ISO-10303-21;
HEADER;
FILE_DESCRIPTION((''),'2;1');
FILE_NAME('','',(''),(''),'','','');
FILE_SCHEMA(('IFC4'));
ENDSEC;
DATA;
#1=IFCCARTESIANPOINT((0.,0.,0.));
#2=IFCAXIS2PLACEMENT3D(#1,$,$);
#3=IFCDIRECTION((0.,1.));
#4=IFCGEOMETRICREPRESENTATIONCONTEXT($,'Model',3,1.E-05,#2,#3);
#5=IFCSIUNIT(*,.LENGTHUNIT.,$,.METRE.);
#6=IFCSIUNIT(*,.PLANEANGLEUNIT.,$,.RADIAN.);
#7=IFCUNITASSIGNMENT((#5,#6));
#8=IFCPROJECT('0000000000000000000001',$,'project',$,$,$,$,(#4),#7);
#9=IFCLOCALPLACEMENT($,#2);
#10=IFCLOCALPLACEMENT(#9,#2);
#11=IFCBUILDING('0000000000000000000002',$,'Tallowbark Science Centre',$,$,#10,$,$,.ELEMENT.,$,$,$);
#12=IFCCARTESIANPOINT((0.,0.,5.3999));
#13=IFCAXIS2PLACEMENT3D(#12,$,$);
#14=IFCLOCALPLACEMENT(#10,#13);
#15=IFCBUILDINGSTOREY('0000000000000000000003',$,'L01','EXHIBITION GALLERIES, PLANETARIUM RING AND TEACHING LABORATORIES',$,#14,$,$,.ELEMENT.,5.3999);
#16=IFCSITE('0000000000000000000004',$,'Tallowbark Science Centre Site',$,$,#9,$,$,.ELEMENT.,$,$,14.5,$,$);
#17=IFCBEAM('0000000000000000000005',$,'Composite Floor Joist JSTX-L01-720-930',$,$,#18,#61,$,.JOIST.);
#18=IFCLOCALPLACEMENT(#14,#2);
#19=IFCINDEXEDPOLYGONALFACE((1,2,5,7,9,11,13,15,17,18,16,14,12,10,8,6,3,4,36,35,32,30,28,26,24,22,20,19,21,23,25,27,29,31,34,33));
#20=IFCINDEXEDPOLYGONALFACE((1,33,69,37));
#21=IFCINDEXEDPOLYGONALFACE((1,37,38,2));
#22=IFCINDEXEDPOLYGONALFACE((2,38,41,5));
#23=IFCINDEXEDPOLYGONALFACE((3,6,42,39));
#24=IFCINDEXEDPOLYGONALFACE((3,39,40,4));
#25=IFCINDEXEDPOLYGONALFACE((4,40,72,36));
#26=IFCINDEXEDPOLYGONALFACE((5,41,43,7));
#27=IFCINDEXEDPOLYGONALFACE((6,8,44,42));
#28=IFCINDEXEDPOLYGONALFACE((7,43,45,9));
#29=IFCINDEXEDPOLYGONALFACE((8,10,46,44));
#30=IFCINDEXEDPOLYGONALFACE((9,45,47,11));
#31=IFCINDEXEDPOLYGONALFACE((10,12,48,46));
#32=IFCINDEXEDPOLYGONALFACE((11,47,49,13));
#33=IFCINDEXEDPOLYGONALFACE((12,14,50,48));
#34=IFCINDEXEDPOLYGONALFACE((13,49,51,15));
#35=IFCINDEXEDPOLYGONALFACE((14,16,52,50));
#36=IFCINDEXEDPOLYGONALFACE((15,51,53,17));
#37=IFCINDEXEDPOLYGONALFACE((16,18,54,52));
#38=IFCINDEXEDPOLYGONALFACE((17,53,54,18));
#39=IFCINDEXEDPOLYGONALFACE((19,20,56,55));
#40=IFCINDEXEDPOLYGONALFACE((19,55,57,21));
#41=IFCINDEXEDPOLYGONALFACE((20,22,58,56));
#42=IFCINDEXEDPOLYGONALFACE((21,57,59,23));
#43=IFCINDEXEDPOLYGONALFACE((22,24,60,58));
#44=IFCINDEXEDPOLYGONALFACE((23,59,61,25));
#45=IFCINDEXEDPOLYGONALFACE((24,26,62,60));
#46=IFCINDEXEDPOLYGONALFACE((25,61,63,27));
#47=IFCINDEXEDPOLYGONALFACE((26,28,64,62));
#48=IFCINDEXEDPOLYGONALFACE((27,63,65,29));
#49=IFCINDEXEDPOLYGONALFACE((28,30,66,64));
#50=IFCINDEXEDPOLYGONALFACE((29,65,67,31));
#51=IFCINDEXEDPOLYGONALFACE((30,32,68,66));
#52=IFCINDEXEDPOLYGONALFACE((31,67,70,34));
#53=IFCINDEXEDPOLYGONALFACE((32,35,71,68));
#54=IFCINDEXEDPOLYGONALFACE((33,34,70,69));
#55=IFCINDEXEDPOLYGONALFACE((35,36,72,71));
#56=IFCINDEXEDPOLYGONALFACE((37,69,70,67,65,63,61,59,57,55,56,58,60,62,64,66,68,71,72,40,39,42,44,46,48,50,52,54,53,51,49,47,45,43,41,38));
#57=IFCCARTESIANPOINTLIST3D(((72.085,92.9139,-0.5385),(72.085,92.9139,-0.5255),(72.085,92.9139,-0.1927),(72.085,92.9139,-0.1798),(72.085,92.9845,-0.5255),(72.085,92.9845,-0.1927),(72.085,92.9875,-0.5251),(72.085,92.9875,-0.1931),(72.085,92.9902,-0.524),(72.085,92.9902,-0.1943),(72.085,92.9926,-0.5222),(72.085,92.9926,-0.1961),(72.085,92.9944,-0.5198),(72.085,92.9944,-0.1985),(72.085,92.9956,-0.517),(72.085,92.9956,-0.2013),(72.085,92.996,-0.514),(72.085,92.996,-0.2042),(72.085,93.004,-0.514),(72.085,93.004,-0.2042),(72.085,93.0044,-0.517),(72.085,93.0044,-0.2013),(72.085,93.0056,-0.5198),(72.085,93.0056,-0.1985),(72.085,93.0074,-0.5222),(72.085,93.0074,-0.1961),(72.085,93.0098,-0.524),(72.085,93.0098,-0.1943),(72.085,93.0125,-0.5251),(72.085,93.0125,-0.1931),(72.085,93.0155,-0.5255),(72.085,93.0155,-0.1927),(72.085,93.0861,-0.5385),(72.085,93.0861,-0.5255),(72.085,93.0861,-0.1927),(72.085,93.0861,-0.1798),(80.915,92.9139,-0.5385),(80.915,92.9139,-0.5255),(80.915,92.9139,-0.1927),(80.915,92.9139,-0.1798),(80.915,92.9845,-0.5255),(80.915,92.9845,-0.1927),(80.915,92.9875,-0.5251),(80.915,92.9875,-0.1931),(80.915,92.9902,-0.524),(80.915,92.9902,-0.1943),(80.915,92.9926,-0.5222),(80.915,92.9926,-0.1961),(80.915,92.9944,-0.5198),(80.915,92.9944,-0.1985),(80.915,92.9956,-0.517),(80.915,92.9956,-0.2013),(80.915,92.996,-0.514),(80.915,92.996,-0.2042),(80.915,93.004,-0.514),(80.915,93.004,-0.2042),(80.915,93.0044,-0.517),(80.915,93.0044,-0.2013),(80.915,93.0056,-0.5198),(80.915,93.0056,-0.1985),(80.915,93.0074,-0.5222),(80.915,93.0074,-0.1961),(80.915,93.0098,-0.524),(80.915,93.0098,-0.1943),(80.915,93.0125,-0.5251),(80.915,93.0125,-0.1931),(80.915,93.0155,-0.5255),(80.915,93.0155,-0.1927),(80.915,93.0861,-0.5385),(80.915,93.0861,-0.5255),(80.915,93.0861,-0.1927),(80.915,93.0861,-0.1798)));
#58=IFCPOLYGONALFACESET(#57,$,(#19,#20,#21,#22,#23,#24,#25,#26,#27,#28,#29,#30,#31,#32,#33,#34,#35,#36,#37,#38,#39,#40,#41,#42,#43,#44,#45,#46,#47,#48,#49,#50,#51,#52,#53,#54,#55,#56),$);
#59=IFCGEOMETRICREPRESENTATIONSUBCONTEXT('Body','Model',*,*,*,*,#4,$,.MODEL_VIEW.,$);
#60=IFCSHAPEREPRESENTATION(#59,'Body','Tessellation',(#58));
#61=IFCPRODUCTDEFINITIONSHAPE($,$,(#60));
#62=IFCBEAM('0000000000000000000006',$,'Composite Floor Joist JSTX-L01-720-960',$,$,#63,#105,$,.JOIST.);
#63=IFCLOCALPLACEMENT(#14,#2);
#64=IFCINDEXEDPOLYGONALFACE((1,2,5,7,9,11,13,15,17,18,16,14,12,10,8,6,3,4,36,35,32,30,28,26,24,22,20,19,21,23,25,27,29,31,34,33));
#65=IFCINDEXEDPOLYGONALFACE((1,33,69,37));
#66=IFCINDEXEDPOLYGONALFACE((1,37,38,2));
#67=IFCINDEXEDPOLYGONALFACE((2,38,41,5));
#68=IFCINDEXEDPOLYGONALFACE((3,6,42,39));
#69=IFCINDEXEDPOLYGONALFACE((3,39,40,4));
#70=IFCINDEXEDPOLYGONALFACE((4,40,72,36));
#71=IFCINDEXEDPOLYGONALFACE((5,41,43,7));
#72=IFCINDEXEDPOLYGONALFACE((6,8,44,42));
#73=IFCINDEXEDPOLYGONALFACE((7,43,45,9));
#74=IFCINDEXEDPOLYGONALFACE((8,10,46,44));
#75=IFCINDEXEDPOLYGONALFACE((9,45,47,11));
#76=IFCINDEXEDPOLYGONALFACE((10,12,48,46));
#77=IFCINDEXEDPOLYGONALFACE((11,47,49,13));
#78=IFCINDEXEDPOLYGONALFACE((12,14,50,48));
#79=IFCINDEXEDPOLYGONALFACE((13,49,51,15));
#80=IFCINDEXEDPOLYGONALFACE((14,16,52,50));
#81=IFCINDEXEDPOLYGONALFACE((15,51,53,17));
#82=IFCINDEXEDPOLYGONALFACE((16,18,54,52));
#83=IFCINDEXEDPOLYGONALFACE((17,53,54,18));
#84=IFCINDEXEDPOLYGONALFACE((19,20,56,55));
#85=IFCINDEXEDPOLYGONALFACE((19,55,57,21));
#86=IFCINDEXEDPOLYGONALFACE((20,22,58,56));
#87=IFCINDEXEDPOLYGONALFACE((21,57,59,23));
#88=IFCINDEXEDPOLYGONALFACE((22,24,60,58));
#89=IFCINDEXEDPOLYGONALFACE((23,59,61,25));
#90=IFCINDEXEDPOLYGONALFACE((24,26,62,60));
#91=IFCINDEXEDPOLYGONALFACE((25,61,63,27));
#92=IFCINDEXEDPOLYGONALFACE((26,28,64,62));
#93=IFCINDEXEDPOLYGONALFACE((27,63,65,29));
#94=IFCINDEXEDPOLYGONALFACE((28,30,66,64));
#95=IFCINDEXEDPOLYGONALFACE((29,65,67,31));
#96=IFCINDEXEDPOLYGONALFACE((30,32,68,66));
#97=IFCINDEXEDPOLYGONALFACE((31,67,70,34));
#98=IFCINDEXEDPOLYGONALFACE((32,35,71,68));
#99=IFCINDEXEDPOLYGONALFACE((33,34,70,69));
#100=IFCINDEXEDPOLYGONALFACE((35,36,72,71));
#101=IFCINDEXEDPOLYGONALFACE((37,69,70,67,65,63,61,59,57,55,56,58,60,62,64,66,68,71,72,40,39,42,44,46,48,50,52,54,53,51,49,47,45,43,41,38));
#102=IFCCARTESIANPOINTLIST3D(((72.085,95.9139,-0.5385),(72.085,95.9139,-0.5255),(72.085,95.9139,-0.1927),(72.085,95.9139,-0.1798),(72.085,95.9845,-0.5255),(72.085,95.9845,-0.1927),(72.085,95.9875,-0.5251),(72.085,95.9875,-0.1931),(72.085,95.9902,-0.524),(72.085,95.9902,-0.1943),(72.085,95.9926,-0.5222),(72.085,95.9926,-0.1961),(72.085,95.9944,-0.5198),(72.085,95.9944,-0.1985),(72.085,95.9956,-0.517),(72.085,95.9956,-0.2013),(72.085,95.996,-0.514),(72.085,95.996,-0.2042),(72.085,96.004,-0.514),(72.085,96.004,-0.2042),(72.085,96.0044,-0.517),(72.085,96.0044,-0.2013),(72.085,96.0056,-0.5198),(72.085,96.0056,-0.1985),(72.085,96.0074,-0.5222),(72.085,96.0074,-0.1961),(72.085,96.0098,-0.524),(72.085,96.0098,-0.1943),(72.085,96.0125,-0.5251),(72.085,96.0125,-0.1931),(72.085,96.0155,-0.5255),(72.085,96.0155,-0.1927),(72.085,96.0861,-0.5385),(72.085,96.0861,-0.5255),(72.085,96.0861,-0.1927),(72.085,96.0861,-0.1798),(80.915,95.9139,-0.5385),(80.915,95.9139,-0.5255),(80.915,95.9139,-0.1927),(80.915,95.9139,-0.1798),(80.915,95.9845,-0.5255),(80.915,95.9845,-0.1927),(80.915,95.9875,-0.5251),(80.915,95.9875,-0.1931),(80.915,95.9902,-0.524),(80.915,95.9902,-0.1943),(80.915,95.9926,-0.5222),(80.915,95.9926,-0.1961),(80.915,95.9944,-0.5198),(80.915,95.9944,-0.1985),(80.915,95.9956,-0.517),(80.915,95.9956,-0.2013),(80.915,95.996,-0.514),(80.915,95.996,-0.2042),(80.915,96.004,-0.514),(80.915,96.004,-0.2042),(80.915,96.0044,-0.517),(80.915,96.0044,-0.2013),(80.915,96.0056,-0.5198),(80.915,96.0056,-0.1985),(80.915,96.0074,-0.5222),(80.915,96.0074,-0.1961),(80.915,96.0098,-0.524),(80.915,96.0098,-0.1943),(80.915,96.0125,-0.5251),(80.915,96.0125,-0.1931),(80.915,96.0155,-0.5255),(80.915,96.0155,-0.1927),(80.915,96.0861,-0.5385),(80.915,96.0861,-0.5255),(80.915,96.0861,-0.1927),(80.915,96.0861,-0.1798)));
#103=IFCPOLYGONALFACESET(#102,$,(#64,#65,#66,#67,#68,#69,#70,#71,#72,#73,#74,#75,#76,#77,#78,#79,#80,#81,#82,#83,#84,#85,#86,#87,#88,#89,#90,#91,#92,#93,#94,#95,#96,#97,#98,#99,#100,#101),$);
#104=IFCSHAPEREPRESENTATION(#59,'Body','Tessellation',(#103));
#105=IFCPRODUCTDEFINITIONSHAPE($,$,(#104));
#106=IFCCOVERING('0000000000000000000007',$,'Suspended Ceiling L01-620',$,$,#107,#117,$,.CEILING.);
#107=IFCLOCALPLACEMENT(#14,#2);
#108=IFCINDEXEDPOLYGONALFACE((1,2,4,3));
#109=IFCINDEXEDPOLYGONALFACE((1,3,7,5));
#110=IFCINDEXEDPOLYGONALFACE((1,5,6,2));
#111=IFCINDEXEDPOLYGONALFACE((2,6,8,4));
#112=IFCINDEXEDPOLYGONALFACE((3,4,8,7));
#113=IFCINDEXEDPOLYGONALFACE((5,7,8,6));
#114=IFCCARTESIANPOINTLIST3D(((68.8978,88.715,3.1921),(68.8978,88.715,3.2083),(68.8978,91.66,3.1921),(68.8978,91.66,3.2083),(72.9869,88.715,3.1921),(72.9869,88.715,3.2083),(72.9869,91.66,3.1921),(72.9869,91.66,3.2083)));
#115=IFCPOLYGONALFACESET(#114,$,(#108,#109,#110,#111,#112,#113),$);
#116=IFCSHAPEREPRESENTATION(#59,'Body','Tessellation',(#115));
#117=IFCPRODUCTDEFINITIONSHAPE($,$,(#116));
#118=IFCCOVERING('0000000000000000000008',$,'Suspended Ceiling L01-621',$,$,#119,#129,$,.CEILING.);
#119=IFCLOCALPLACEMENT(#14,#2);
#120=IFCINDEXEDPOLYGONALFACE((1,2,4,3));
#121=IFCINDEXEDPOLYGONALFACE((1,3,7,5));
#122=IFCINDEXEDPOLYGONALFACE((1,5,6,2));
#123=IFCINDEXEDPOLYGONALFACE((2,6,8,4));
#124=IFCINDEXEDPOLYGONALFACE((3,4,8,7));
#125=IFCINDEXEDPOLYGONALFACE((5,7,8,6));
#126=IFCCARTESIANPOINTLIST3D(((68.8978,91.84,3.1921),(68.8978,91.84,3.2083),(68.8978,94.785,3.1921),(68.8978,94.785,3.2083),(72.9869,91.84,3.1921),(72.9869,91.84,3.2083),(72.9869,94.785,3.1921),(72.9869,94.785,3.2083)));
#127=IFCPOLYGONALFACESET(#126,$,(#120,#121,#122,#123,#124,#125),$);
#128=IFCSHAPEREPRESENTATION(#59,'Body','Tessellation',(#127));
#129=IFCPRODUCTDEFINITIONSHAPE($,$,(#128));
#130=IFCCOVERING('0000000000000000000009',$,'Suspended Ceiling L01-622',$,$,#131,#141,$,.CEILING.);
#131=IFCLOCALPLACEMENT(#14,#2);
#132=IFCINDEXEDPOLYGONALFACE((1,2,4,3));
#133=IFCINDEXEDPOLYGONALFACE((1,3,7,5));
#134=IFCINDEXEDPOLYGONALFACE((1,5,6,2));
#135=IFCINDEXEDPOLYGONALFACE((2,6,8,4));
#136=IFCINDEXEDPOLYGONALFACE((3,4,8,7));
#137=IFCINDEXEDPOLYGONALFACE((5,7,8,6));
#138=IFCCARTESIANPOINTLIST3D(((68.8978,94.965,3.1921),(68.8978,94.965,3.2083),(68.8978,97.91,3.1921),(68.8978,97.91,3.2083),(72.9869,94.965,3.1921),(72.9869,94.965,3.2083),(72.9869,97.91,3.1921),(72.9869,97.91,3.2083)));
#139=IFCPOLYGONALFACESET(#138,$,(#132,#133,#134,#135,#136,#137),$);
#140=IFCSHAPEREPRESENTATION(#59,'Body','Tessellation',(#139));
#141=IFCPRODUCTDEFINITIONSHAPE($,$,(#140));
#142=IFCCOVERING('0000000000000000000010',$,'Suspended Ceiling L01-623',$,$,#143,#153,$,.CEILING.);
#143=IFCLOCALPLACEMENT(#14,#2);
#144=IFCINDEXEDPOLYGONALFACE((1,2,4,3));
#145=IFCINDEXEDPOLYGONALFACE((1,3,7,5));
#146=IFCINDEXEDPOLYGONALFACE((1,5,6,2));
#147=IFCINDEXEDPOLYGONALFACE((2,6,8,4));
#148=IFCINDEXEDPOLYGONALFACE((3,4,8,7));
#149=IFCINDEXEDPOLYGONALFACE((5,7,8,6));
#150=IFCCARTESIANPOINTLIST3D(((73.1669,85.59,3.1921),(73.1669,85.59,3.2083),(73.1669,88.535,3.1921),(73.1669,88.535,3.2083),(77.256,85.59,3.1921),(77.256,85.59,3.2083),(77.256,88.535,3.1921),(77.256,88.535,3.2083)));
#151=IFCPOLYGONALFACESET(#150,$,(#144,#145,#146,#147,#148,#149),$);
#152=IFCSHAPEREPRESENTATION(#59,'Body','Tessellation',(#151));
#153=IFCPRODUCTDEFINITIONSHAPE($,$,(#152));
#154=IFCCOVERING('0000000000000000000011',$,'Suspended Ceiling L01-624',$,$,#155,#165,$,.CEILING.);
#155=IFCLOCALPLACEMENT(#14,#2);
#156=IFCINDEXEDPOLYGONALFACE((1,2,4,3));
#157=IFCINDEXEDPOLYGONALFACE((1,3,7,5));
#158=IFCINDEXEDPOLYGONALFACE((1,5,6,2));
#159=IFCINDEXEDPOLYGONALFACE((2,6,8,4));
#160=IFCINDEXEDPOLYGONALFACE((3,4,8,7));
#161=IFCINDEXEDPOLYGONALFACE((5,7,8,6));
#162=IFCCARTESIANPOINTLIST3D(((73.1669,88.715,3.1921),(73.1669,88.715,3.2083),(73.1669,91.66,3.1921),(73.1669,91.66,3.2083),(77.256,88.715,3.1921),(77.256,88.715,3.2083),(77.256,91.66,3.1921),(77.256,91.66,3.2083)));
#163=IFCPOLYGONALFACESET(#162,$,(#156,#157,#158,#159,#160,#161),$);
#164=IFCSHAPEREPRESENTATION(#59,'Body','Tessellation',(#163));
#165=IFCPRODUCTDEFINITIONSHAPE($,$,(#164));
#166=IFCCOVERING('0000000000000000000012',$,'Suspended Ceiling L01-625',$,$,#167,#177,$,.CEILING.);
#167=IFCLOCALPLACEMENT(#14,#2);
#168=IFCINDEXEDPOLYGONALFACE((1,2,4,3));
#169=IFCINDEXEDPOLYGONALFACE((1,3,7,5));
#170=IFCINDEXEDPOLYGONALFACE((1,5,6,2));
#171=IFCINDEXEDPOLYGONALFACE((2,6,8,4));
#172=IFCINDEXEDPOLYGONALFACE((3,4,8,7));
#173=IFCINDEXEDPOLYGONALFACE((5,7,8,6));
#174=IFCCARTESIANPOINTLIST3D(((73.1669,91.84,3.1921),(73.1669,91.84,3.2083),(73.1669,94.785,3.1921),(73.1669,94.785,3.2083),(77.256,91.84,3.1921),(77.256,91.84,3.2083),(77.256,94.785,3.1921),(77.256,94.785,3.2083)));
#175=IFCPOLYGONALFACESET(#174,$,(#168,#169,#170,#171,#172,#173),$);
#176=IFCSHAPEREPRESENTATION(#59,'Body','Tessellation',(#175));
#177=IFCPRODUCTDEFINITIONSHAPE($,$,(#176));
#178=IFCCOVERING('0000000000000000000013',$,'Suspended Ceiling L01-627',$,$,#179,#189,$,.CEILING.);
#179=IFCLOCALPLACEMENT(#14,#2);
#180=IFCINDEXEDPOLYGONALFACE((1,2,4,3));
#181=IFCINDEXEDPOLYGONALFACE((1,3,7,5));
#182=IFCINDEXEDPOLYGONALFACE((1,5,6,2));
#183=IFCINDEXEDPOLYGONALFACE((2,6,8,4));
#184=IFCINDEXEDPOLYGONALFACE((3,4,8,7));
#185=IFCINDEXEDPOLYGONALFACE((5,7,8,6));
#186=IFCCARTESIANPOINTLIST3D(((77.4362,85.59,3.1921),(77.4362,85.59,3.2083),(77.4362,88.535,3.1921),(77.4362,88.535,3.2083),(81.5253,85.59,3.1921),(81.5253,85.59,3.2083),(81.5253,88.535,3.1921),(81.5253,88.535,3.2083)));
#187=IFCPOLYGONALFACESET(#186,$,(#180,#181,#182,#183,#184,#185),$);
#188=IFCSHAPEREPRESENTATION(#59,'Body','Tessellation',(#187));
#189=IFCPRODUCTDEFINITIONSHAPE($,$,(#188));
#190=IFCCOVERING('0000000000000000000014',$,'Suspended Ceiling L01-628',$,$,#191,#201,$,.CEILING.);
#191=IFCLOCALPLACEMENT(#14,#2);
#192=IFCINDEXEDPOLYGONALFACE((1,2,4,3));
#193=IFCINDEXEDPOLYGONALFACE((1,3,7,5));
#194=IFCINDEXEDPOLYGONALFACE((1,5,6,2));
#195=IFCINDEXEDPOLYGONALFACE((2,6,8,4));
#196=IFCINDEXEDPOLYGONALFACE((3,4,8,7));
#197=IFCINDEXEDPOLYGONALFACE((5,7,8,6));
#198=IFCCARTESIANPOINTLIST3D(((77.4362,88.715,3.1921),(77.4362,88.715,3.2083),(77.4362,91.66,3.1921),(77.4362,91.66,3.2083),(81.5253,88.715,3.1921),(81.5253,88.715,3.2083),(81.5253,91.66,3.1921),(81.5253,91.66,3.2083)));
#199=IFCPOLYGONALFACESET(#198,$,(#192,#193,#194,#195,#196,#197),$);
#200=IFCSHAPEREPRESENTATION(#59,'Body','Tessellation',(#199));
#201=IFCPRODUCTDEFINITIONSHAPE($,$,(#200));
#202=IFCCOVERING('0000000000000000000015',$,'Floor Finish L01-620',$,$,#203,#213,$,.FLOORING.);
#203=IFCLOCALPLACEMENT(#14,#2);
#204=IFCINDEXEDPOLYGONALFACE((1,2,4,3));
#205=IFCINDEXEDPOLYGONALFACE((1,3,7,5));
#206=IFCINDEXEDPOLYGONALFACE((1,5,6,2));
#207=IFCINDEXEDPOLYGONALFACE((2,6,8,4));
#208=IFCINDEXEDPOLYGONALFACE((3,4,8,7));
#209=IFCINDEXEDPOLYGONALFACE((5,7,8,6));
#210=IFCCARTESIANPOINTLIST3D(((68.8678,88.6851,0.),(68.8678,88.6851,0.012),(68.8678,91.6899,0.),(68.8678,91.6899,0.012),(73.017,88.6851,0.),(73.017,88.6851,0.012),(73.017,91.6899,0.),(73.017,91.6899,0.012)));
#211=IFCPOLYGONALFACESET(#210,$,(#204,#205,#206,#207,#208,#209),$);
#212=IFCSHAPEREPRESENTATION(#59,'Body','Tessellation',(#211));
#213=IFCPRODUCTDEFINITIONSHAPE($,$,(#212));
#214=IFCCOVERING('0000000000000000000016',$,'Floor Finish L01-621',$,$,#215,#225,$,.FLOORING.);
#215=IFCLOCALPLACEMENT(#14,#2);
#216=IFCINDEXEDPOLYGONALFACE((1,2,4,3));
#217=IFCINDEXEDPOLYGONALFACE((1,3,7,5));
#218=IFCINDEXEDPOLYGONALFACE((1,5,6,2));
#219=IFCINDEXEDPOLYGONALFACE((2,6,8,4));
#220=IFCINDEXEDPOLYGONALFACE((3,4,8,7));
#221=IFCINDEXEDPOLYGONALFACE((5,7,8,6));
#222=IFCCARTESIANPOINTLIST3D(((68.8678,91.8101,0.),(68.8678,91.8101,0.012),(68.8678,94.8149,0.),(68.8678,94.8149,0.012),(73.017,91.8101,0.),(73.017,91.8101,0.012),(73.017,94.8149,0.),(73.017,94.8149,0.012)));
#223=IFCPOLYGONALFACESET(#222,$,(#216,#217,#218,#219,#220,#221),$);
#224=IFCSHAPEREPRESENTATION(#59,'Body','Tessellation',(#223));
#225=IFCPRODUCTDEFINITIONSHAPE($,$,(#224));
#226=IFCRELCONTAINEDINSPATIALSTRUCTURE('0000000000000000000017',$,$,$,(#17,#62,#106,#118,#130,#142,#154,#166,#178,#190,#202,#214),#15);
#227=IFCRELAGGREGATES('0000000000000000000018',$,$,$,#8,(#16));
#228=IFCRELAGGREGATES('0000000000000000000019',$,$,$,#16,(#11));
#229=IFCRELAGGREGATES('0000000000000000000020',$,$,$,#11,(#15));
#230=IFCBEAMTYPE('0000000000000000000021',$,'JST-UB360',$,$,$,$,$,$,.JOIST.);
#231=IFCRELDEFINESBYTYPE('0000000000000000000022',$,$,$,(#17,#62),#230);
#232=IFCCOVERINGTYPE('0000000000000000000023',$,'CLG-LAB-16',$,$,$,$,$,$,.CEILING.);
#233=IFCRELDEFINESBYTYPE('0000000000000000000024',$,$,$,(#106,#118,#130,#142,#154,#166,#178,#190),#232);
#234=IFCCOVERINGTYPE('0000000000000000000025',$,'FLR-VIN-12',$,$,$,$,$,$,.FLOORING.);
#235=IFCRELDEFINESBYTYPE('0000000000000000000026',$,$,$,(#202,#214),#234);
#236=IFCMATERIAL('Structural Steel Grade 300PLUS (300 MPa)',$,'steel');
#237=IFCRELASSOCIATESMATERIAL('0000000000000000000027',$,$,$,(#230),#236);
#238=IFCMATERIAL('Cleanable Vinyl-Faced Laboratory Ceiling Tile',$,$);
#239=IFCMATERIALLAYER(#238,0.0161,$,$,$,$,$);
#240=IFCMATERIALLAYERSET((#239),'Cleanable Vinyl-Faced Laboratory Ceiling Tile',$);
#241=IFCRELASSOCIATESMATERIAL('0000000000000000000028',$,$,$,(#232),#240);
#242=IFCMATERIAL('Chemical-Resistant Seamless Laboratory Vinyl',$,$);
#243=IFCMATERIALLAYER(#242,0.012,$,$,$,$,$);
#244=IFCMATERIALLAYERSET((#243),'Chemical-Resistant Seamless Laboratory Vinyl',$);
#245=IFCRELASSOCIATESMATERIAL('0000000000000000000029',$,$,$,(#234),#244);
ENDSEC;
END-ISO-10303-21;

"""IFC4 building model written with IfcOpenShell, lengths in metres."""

from ifc_helpers import new_model, si_unit, direction, frame, origin, origin_2d, place, context, subcontext, project, spatial, rectangle, i_section, extrude, material, layer, layer_set, material_profile, profile_set, type_object, element, save


model = new_model("IFC4")

# Units and contexts
model_context = context("Model", 3, precision=1e-05, world=origin(), true_north=direction((0.0, 1.0)))
body_context = subcontext(model_context, "Body", "Model", "MODEL_VIEW")
ifc_project = project(units=[si_unit("LENGTHUNIT", "METRE"), si_unit("PLANEANGLEUNIT", "RADIAN")], contexts=[model_context])

# Site, building, storey
site_placement = place(None, origin())
site = spatial("IfcSite", under=ifc_project, at=site_placement, Name="Tallowbark Science Centre Site", CompositionType="ELEMENT", RefElevation=14.5)
building_placement = place(site_placement, origin())
building = spatial("IfcBuilding", under=site, at=building_placement, Name="Tallowbark Science Centre", CompositionType="ELEMENT")
storey_placement = place(building_placement, frame((0.0, 0.0, 5.3999)))
storey = spatial("IfcBuildingStorey", under=building, at=storey_placement, Name="L01", Description="EXHIBITION GALLERIES, PLANETARIUM RING AND TEACHING LABORATORIES", CompositionType="ELEMENT", Elevation=5.3999)

# Shared definitions
ifc_material_1 = material(Name="Structural Steel Grade 300PLUS (300 MPa)", Category="steel")

# Beams
ifc_material_profile_1 = material_profile(ifc_material_1, i_section(OverallWidth=0.1721, OverallDepth=0.3586, WebThickness=0.0081, FlangeThickness=0.0129, FilletRadius=0.0115, at=origin_2d()), Name="360UB56.7")
ifc_profile_set_1 = profile_set([ifc_material_profile_1], Name="Structural Steel Grade 300PLUS (300 MPa)")
beam_type_1 = type_object("IfcBeamType", Name="JST-UB360", PredefinedType="JOIST", material=ifc_profile_set_1)
for number, where, z_axis, x_axis, name in (
    (1, (72.085, 93.0, -0.3591), (1.0, 0.0, 0.0), (0.0, 1.0, 0.0), "Composite Floor Joist JSTX-L01-720-930"),
    (2, (72.085, 96.0, -0.3591), (1.0, 0.0, 0.0), (0.0, 1.0, 0.0), "Composite Floor Joist JSTX-L01-720-960"),
):
    element("IfcBeam", number, at=place(storey_placement, frame(where, z_axis=z_axis, x_axis=x_axis)), inside=storey, type_object=beam_type_1, Name=name, PredefinedType="JOIST", context=body_context, shape_type="SweptSolid", body=[
        extrude(i_section(OverallWidth=0.1721, OverallDepth=0.3586, WebThickness=0.0081, FlangeThickness=0.0129, FilletRadius=0.0115, at=origin_2d()), origin(), (0.0, 0.0, 1.0), 8.8301),
    ])

# Coverings
ifc_material_2 = material(Name="Cleanable Vinyl-Faced Laboratory Ceiling Tile")
ifc_layer_1 = layer(ifc_material_2, 0.0161)
ifc_layer_set_1 = layer_set([ifc_layer_1], Name="Cleanable Vinyl-Faced Laboratory Ceiling Tile")
covering_type_1 = type_object("IfcCoveringType", Name="CLG-LAB-16", PredefinedType="CEILING", material=ifc_layer_set_1)
for number, where, z_axis, x_axis, name in (
    (3, (70.9424, 90.1875, 3.1921), (0.0, 0.0, 1.0), (1.0, 0.0, 0.0), "Suspended Ceiling L01-620"),
    (4, (70.9424, 93.3125, 3.1921), (0.0, 0.0, 1.0), (1.0, 0.0, 0.0), "Suspended Ceiling L01-621"),
    (5, (70.9424, 96.4375, 3.1921), (0.0, 0.0, 1.0), (1.0, 0.0, 0.0), "Suspended Ceiling L01-622"),
    (6, (75.2114, 87.0625, 3.1921), (0.0, 0.0, 1.0), (1.0, 0.0, 0.0), "Suspended Ceiling L01-623"),
    (7, (75.2114, 90.1875, 3.1921), (0.0, 0.0, 1.0), (1.0, 0.0, 0.0), "Suspended Ceiling L01-624"),
    (8, (75.2114, 93.3125, 3.1921), (0.0, 0.0, 1.0), (1.0, 0.0, 0.0), "Suspended Ceiling L01-625"),
    (9, (79.4807, 87.0625, 3.1921), (0.0, 0.0, 1.0), (1.0, 0.0, 0.0), "Suspended Ceiling L01-627"),
    (10, (79.4807, 90.1875, 3.1921), (0.0, 0.0, 1.0), (1.0, 0.0, 0.0), "Suspended Ceiling L01-628"),
):
    element("IfcCovering", number, at=place(storey_placement, frame(where, z_axis=z_axis, x_axis=x_axis)), inside=storey, type_object=covering_type_1, Name=name, PredefinedType="CEILING", context=body_context, shape_type="SweptSolid", body=[
        extrude(rectangle(XDim=4.0891, YDim=2.9451, at=origin_2d()), origin(), (0.0, 0.0, 1.0), 0.0161),
    ])
ifc_material_3 = material(Name="Chemical-Resistant Seamless Laboratory Vinyl")
ifc_layer_2 = layer(ifc_material_3, 0.012)
ifc_layer_set_2 = layer_set([ifc_layer_2], Name="Chemical-Resistant Seamless Laboratory Vinyl")
covering_type_2 = type_object("IfcCoveringType", Name="FLR-VIN-12", PredefinedType="FLOORING", material=ifc_layer_set_2)
for number, where, z_axis, x_axis, name in (
    (11, (70.9424, 90.1875, 0.0), (0.0, 0.0, 1.0), (1.0, 0.0, 0.0), "Floor Finish L01-620"),
    (12, (70.9424, 93.3125, 0.0), (0.0, 0.0, 1.0), (1.0, 0.0, 0.0), "Floor Finish L01-621"),
):
    element("IfcCovering", number, at=place(storey_placement, frame(where, z_axis=z_axis, x_axis=x_axis)), inside=storey, type_object=covering_type_2, Name=name, PredefinedType="FLOORING", context=body_context, shape_type="SweptSolid", body=[
        extrude(rectangle(XDim=4.1492, YDim=3.0049, at=origin_2d()), origin(), (0.0, 0.0, 1.0), 0.012),
    ])

save(model, "model.ifc")
